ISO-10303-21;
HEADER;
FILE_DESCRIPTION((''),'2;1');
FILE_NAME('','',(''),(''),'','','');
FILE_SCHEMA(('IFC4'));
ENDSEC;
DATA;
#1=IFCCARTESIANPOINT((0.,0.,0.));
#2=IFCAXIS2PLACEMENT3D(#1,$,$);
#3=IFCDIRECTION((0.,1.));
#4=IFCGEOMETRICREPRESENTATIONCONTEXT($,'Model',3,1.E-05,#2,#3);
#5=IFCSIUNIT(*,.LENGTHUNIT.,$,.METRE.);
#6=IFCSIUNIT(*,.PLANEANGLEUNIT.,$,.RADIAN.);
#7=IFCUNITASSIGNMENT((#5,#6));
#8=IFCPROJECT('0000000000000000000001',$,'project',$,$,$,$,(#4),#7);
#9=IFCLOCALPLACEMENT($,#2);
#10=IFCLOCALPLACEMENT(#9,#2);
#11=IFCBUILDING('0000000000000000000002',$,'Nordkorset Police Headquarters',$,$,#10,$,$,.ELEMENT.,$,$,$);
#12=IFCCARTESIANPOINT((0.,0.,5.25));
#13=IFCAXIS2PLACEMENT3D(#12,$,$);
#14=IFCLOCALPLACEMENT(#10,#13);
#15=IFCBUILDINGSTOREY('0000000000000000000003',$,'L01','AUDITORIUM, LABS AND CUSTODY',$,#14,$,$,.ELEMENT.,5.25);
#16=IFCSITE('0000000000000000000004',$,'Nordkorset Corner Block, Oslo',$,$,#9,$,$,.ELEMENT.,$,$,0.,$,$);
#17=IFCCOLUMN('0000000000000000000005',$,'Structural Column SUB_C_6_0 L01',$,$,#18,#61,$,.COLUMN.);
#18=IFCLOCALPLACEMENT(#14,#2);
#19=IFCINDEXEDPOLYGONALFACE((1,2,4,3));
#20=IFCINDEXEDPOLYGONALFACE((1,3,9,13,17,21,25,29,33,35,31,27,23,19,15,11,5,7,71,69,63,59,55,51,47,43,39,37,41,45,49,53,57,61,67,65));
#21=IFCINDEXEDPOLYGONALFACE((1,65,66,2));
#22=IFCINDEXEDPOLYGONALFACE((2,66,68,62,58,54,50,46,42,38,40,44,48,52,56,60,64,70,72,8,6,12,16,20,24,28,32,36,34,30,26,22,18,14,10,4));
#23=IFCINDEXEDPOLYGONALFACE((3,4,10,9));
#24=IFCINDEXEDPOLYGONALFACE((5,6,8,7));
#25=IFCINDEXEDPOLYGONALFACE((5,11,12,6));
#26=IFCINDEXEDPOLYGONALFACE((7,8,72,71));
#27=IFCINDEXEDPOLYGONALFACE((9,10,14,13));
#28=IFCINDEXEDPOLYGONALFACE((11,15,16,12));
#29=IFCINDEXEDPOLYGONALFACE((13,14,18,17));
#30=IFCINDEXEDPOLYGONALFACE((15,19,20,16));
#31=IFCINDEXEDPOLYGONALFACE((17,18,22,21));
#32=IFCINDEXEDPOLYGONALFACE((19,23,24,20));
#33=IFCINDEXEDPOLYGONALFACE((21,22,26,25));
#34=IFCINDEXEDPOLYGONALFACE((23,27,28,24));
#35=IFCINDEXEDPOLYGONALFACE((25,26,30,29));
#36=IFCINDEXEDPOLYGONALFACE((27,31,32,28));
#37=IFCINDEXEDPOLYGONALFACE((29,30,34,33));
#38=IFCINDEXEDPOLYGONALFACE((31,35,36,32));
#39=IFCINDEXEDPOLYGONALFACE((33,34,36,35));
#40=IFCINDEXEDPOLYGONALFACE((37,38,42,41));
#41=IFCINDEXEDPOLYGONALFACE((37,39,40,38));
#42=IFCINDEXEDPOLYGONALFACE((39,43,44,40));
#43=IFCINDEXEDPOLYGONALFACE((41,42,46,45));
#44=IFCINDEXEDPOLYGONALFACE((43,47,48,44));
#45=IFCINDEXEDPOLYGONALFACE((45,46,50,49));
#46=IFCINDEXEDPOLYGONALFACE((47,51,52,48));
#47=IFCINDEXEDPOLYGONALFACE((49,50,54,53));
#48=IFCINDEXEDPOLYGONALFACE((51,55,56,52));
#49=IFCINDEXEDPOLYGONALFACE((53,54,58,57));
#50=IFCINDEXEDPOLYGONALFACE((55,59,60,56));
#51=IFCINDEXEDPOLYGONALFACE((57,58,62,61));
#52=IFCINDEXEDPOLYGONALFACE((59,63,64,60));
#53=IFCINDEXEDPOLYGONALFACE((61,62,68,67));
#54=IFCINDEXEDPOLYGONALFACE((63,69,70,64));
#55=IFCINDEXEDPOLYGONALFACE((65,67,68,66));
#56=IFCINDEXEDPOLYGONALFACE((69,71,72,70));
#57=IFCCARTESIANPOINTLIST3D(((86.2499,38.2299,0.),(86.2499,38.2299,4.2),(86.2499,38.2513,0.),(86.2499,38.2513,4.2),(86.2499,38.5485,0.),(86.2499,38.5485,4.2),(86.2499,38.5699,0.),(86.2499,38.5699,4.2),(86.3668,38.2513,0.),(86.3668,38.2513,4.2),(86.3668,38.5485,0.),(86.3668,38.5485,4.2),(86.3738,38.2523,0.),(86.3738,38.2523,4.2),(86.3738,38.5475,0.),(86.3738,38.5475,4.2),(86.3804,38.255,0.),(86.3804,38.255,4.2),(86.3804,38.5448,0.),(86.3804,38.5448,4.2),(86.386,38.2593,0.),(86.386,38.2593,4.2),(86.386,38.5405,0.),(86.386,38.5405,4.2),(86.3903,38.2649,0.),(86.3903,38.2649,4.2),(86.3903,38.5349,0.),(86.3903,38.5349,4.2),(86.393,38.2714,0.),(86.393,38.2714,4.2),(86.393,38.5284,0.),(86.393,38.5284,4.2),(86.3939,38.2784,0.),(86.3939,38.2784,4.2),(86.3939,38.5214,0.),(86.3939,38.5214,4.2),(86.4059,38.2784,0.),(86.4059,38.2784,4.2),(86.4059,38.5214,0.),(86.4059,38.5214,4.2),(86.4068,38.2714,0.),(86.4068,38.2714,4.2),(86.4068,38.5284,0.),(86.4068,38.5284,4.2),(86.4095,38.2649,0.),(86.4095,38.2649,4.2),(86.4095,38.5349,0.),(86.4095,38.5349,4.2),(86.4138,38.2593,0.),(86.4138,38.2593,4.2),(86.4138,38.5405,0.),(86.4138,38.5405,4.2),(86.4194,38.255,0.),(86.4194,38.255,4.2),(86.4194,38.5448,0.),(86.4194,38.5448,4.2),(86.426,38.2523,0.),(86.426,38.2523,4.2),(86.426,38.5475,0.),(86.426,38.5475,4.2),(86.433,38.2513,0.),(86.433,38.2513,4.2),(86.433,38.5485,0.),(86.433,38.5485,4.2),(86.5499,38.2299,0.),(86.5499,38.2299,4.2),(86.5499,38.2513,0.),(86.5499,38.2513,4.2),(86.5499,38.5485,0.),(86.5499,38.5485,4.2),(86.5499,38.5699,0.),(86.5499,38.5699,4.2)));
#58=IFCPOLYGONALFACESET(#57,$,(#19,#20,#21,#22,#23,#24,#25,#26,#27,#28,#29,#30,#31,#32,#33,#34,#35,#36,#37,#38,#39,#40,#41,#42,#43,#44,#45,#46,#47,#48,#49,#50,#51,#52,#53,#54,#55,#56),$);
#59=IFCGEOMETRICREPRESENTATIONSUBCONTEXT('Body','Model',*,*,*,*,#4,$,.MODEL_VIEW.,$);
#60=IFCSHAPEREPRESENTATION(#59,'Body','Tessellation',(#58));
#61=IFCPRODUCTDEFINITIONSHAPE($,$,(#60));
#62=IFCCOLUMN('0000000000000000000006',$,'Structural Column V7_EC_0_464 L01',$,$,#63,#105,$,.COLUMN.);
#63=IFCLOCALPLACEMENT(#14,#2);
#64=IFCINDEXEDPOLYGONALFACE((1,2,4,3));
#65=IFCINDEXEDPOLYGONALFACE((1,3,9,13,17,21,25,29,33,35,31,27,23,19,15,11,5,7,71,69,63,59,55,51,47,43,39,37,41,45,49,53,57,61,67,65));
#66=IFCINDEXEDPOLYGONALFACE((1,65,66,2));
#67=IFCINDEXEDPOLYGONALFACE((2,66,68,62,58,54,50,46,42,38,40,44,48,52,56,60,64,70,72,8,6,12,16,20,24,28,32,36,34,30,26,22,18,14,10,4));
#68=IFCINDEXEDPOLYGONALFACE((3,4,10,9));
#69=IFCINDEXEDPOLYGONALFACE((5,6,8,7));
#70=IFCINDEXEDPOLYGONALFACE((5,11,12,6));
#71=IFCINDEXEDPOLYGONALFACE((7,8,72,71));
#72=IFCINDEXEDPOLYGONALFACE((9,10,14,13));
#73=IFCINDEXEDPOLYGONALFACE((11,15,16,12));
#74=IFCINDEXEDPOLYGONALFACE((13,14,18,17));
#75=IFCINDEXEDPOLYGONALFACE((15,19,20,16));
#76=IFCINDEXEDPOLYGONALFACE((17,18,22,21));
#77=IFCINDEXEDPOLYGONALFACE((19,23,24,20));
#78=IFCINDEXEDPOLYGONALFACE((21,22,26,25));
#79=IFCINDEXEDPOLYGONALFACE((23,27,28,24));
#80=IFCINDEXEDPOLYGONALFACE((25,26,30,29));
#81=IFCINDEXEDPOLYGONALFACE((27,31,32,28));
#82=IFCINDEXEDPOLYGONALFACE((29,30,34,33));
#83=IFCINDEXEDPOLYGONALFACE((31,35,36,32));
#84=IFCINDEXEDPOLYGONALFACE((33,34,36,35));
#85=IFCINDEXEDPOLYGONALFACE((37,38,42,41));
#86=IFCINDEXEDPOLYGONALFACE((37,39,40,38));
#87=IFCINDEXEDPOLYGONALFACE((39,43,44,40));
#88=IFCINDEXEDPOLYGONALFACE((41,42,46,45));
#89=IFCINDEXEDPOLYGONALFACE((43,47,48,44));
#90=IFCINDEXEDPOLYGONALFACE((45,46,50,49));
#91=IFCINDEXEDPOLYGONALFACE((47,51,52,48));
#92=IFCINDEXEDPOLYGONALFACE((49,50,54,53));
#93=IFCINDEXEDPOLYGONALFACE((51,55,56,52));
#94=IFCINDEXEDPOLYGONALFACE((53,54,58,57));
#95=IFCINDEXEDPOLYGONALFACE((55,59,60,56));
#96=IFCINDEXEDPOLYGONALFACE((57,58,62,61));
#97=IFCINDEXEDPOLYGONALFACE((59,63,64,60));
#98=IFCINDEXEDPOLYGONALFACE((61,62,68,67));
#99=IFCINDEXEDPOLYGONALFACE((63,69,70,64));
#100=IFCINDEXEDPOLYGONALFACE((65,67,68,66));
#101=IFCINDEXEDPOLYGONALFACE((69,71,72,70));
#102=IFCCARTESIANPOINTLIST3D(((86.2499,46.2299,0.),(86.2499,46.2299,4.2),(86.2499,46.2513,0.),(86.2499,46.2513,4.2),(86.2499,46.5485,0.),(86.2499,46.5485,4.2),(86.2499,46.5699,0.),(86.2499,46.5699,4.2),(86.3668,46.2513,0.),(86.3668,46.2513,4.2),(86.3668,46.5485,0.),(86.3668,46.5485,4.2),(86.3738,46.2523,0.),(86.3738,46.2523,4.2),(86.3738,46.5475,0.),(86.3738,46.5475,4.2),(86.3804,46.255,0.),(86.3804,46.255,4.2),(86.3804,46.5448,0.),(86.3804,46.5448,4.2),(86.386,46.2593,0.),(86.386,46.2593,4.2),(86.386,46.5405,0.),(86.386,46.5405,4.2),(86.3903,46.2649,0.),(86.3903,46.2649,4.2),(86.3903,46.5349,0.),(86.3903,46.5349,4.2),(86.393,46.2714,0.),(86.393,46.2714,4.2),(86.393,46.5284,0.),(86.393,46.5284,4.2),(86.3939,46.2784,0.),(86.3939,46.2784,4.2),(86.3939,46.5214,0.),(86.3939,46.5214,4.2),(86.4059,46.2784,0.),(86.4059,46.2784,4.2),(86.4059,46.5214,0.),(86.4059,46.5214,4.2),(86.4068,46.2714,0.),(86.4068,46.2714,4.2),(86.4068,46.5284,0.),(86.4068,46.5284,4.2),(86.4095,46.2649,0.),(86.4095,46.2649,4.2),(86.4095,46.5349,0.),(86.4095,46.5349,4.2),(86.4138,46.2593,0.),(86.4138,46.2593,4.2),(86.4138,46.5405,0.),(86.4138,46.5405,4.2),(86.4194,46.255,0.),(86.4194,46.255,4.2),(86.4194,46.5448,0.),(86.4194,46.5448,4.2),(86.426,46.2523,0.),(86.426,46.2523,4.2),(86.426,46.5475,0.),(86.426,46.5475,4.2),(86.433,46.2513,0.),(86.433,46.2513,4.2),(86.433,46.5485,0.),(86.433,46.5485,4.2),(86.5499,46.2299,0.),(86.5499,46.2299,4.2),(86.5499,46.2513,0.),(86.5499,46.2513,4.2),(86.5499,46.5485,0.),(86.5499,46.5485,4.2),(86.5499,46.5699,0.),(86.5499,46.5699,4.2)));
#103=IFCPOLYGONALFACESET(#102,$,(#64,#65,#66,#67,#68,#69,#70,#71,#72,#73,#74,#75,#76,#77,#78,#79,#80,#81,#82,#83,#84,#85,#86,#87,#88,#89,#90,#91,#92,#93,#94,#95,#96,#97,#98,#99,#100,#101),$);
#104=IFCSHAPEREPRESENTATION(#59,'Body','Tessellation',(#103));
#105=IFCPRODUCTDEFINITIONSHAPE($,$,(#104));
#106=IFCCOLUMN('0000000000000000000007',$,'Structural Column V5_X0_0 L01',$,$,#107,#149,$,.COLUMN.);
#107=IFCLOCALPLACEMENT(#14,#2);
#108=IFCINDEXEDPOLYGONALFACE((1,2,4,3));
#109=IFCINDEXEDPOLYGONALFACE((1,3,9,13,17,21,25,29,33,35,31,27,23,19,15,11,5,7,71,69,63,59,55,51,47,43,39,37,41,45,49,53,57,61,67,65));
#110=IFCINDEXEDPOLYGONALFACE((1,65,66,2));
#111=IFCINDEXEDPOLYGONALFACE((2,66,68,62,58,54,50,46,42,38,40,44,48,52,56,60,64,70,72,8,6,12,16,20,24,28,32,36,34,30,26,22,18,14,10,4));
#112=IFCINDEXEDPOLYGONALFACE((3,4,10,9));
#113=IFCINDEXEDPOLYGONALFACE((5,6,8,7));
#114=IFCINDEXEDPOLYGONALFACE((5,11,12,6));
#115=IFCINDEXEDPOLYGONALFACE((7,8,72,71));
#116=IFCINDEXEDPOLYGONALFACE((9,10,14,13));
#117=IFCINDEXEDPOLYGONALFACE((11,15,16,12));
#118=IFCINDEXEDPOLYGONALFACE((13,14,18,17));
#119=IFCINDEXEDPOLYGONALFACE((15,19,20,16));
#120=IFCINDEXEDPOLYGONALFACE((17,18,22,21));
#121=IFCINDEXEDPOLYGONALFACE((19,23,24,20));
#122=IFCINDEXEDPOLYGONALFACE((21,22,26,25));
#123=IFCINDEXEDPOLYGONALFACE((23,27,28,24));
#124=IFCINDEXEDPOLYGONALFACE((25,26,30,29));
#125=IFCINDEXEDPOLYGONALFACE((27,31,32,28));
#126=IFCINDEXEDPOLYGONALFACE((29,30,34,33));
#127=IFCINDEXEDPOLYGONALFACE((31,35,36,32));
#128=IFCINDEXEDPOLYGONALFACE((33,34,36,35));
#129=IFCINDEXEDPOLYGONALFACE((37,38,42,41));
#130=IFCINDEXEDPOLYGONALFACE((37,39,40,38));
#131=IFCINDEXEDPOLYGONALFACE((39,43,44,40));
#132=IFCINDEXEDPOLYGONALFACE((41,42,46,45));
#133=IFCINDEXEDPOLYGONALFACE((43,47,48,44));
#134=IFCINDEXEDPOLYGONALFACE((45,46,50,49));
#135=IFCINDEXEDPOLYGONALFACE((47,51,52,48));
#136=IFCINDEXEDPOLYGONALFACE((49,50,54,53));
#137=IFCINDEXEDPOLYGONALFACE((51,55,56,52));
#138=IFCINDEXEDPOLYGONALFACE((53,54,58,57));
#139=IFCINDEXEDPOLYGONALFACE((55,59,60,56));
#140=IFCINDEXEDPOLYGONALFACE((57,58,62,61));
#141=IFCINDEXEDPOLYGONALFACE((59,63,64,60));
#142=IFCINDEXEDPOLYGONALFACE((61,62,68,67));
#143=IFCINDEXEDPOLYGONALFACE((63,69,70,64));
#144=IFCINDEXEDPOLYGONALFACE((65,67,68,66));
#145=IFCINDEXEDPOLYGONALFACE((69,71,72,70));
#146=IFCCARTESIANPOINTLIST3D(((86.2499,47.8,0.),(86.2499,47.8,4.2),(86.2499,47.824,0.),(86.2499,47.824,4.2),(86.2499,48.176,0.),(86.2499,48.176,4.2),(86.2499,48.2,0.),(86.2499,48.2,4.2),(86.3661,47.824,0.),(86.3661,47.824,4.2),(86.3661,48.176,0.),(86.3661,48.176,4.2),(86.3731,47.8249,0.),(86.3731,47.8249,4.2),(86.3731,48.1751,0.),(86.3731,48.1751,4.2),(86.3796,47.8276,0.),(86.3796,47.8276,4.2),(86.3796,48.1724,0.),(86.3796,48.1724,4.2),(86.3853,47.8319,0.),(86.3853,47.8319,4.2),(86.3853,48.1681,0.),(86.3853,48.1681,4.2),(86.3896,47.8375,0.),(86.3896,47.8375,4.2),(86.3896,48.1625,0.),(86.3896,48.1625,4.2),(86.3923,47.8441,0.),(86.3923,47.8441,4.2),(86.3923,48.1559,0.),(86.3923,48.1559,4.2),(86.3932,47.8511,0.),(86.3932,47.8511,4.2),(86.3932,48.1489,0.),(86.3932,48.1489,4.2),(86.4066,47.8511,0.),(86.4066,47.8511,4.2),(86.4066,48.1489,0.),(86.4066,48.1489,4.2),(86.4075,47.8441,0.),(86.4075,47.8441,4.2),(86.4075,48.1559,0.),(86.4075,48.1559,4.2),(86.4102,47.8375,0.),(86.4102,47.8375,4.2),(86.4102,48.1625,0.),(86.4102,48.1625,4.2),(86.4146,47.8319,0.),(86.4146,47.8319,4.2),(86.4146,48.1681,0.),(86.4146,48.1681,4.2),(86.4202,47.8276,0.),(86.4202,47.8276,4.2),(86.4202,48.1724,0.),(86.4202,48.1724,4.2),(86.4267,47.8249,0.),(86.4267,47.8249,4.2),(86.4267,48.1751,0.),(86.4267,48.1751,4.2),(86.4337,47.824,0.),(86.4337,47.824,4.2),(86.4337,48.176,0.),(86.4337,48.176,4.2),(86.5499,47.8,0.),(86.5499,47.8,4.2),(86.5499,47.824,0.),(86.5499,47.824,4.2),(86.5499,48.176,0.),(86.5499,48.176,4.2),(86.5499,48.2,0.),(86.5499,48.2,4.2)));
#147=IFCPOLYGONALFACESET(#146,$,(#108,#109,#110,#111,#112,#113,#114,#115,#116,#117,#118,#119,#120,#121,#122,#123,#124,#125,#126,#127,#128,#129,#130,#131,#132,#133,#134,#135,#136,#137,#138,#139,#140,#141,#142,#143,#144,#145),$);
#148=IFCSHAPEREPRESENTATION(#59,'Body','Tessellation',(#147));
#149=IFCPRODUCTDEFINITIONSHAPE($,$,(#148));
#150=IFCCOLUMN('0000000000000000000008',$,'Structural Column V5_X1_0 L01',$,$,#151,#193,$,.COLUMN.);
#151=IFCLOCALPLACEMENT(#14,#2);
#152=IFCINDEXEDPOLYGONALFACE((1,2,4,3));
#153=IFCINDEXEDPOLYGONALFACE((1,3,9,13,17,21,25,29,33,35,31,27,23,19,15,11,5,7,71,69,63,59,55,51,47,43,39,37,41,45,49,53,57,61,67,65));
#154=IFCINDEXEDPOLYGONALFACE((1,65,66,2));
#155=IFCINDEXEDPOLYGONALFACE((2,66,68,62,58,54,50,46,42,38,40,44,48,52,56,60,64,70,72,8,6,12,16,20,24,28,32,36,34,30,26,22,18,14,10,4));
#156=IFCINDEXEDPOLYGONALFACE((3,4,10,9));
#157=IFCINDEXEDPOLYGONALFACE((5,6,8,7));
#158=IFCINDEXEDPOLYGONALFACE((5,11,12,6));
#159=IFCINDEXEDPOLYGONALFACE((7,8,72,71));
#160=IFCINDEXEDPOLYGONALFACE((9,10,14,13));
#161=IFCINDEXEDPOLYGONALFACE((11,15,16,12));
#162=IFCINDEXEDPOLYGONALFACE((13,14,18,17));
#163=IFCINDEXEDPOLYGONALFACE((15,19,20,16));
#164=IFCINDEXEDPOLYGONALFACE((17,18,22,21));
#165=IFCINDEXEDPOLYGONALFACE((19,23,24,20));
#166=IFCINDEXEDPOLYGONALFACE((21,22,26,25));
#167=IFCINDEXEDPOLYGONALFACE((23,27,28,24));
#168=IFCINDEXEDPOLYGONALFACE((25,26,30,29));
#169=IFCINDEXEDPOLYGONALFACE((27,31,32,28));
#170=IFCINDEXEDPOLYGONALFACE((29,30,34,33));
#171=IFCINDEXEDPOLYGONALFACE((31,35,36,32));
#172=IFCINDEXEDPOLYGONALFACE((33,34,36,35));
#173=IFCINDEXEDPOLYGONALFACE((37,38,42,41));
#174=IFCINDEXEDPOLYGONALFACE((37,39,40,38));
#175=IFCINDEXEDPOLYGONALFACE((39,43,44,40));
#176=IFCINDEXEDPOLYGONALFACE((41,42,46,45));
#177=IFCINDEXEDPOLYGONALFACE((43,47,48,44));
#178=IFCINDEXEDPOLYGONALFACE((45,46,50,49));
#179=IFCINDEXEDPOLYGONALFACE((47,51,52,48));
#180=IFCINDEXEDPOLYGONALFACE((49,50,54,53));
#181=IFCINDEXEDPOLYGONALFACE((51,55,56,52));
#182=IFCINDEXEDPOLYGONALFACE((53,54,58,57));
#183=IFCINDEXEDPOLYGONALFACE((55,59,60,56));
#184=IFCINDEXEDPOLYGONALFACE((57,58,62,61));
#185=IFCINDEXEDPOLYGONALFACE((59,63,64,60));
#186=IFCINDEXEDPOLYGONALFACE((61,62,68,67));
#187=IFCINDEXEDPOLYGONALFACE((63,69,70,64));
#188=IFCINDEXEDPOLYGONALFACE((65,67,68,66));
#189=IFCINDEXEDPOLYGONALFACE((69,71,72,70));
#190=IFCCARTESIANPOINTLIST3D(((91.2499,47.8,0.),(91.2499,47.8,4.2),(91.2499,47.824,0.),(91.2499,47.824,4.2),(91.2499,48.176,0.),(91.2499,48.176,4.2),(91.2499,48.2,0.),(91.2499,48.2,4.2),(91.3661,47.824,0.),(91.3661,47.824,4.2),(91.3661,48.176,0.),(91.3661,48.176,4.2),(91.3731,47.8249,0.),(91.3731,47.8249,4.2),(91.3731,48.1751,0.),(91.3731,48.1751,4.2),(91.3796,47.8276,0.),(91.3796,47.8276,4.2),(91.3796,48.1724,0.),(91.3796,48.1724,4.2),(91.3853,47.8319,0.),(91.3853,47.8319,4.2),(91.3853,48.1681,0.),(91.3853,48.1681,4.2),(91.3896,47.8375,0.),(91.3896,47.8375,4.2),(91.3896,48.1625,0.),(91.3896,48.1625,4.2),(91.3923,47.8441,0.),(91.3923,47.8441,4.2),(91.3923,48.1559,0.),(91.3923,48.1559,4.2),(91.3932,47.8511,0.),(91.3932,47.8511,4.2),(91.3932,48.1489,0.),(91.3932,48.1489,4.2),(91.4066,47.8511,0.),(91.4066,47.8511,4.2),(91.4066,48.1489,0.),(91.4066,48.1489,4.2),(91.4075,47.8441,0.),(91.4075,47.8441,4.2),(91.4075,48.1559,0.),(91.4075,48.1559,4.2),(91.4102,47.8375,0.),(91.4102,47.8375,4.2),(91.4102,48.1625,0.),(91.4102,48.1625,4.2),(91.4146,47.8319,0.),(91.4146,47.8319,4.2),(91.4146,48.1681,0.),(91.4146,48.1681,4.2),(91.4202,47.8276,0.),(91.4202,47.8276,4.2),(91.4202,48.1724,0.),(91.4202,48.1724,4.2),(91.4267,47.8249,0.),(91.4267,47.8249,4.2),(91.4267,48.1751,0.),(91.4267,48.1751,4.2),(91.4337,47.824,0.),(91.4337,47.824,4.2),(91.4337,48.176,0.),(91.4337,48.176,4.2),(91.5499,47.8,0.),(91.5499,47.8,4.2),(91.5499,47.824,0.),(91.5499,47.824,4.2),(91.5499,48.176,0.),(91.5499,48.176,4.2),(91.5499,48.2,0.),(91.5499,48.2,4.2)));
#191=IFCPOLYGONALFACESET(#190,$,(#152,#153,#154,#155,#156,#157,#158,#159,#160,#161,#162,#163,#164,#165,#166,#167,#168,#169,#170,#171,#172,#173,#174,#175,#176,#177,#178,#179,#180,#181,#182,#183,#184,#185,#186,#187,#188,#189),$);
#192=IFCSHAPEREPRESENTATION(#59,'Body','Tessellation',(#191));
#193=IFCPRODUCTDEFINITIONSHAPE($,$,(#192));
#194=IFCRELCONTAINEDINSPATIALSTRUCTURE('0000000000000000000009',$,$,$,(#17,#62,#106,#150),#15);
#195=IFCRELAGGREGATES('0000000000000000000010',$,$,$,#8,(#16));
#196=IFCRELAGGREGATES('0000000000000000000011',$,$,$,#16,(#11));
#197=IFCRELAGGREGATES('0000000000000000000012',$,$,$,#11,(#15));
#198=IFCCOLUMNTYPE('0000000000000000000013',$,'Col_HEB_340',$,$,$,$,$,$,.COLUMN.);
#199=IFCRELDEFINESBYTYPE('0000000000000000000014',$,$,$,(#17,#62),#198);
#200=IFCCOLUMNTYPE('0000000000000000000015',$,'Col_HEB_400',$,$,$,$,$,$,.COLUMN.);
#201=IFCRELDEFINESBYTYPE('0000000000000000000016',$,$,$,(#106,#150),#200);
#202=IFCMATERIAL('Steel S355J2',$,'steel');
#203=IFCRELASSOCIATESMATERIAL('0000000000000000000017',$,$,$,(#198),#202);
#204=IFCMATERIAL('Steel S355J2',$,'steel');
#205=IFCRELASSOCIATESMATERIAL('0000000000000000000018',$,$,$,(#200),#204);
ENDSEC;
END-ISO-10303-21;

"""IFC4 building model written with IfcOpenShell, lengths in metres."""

from ifc_helpers import new_model, si_unit, direction, frame, origin, origin_2d, place, context, subcontext, project, spatial, i_section, extrude, material, material_profile, profile_set, type_object, element, save


model = new_model("IFC4")

# Units and contexts
model_context = context("Model", 3, precision=1e-05, world=origin(), true_north=direction((0.0, 1.0)))
body_context = subcontext(model_context, "Body", "Model", "MODEL_VIEW")
ifc_project = project(units=[si_unit("LENGTHUNIT", "METRE"), si_unit("PLANEANGLEUNIT", "RADIAN")], contexts=[model_context])

# Site, building, storey
site_placement = place(None, origin())
site = spatial("IfcSite", under=ifc_project, at=site_placement, Name="Nordkorset Corner Block, Oslo", CompositionType="ELEMENT", RefElevation=0.0)
building_placement = place(site_placement, origin())
building = spatial("IfcBuilding", under=site, at=building_placement, Name="Nordkorset Police Headquarters", CompositionType="ELEMENT")
storey_placement = place(building_placement, frame((0.0, 0.0, 5.25)))
storey = spatial("IfcBuildingStorey", under=building, at=storey_placement, Name="L01", Description="AUDITORIUM, LABS AND CUSTODY", CompositionType="ELEMENT", Elevation=5.25)

# Columns
ifc_material_1 = material(Name="Steel S355J2", Category="steel")
ifc_material_profile_1 = material_profile(ifc_material_1, i_section(OverallWidth=0.3, OverallDepth=0.3401, WebThickness=0.012, FlangeThickness=0.0215, FilletRadius=0.0271, at=origin_2d()), Name="HEB 340")
ifc_profile_set_1 = profile_set([ifc_material_profile_1], Name="Steel S355J2")
column_type_1 = type_object("IfcColumnType", Name="Col_HEB_340", PredefinedType="COLUMN", material=ifc_profile_set_1)
for number, where, z_axis, x_axis, name in (
    (1, (86.3999, 38.3999, 0.0), (0.0, 0.0, 1.0), (1.0, 0.0, 0.0), "Structural Column SUB_C_6_0 L01"),
    (2, (86.3999, 46.3999, 0.0), (0.0, 0.0, 1.0), (1.0, 0.0, 0.0), "Structural Column V7_EC_0_464 L01"),
):
    element("IfcColumn", number, at=place(storey_placement, frame(where, z_axis=z_axis, x_axis=x_axis)), inside=storey, type_object=column_type_1, Name=name, PredefinedType="COLUMN", context=body_context, shape_type="SweptSolid", body=[
        extrude(i_section(OverallWidth=0.3, OverallDepth=0.3401, WebThickness=0.012, FlangeThickness=0.0215, FilletRadius=0.0271, at=origin_2d()), origin(), (0.0, 0.0, 1.0), 4.2),
    ])
ifc_material_2 = material(Name="Steel S355J2", Category="steel")
ifc_material_profile_2 = material_profile(ifc_material_2, i_section(OverallWidth=0.3, OverallDepth=0.3999, WebThickness=0.0134, FlangeThickness=0.0239, FilletRadius=0.0271, at=origin_2d()), Name="HEB 400")
ifc_profile_set_2 = profile_set([ifc_material_profile_2], Name="Steel S355J2")
column_type_2 = type_object("IfcColumnType", Name="Col_HEB_400", PredefinedType="COLUMN", material=ifc_profile_set_2)
for number, where, z_axis, x_axis, name in (
    (3, (86.3999, 48.0, 0.0), (0.0, 0.0, 1.0), (1.0, 0.0, 0.0), "Structural Column V5_X0_0 L01"),
    (4, (91.3999, 48.0, 0.0), (0.0, 0.0, 1.0), (1.0, 0.0, 0.0), "Structural Column V5_X1_0 L01"),
):
    element("IfcColumn", number, at=place(storey_placement, frame(where, z_axis=z_axis, x_axis=x_axis)), inside=storey, type_object=column_type_2, Name=name, PredefinedType="COLUMN", context=body_context, shape_type="SweptSolid", body=[
        extrude(i_section(OverallWidth=0.3, OverallDepth=0.3999, WebThickness=0.0134, FlangeThickness=0.0239, FilletRadius=0.0271, at=origin_2d()), origin(), (0.0, 0.0, 1.0), 4.2),
    ])

save(model, "model.ifc")
